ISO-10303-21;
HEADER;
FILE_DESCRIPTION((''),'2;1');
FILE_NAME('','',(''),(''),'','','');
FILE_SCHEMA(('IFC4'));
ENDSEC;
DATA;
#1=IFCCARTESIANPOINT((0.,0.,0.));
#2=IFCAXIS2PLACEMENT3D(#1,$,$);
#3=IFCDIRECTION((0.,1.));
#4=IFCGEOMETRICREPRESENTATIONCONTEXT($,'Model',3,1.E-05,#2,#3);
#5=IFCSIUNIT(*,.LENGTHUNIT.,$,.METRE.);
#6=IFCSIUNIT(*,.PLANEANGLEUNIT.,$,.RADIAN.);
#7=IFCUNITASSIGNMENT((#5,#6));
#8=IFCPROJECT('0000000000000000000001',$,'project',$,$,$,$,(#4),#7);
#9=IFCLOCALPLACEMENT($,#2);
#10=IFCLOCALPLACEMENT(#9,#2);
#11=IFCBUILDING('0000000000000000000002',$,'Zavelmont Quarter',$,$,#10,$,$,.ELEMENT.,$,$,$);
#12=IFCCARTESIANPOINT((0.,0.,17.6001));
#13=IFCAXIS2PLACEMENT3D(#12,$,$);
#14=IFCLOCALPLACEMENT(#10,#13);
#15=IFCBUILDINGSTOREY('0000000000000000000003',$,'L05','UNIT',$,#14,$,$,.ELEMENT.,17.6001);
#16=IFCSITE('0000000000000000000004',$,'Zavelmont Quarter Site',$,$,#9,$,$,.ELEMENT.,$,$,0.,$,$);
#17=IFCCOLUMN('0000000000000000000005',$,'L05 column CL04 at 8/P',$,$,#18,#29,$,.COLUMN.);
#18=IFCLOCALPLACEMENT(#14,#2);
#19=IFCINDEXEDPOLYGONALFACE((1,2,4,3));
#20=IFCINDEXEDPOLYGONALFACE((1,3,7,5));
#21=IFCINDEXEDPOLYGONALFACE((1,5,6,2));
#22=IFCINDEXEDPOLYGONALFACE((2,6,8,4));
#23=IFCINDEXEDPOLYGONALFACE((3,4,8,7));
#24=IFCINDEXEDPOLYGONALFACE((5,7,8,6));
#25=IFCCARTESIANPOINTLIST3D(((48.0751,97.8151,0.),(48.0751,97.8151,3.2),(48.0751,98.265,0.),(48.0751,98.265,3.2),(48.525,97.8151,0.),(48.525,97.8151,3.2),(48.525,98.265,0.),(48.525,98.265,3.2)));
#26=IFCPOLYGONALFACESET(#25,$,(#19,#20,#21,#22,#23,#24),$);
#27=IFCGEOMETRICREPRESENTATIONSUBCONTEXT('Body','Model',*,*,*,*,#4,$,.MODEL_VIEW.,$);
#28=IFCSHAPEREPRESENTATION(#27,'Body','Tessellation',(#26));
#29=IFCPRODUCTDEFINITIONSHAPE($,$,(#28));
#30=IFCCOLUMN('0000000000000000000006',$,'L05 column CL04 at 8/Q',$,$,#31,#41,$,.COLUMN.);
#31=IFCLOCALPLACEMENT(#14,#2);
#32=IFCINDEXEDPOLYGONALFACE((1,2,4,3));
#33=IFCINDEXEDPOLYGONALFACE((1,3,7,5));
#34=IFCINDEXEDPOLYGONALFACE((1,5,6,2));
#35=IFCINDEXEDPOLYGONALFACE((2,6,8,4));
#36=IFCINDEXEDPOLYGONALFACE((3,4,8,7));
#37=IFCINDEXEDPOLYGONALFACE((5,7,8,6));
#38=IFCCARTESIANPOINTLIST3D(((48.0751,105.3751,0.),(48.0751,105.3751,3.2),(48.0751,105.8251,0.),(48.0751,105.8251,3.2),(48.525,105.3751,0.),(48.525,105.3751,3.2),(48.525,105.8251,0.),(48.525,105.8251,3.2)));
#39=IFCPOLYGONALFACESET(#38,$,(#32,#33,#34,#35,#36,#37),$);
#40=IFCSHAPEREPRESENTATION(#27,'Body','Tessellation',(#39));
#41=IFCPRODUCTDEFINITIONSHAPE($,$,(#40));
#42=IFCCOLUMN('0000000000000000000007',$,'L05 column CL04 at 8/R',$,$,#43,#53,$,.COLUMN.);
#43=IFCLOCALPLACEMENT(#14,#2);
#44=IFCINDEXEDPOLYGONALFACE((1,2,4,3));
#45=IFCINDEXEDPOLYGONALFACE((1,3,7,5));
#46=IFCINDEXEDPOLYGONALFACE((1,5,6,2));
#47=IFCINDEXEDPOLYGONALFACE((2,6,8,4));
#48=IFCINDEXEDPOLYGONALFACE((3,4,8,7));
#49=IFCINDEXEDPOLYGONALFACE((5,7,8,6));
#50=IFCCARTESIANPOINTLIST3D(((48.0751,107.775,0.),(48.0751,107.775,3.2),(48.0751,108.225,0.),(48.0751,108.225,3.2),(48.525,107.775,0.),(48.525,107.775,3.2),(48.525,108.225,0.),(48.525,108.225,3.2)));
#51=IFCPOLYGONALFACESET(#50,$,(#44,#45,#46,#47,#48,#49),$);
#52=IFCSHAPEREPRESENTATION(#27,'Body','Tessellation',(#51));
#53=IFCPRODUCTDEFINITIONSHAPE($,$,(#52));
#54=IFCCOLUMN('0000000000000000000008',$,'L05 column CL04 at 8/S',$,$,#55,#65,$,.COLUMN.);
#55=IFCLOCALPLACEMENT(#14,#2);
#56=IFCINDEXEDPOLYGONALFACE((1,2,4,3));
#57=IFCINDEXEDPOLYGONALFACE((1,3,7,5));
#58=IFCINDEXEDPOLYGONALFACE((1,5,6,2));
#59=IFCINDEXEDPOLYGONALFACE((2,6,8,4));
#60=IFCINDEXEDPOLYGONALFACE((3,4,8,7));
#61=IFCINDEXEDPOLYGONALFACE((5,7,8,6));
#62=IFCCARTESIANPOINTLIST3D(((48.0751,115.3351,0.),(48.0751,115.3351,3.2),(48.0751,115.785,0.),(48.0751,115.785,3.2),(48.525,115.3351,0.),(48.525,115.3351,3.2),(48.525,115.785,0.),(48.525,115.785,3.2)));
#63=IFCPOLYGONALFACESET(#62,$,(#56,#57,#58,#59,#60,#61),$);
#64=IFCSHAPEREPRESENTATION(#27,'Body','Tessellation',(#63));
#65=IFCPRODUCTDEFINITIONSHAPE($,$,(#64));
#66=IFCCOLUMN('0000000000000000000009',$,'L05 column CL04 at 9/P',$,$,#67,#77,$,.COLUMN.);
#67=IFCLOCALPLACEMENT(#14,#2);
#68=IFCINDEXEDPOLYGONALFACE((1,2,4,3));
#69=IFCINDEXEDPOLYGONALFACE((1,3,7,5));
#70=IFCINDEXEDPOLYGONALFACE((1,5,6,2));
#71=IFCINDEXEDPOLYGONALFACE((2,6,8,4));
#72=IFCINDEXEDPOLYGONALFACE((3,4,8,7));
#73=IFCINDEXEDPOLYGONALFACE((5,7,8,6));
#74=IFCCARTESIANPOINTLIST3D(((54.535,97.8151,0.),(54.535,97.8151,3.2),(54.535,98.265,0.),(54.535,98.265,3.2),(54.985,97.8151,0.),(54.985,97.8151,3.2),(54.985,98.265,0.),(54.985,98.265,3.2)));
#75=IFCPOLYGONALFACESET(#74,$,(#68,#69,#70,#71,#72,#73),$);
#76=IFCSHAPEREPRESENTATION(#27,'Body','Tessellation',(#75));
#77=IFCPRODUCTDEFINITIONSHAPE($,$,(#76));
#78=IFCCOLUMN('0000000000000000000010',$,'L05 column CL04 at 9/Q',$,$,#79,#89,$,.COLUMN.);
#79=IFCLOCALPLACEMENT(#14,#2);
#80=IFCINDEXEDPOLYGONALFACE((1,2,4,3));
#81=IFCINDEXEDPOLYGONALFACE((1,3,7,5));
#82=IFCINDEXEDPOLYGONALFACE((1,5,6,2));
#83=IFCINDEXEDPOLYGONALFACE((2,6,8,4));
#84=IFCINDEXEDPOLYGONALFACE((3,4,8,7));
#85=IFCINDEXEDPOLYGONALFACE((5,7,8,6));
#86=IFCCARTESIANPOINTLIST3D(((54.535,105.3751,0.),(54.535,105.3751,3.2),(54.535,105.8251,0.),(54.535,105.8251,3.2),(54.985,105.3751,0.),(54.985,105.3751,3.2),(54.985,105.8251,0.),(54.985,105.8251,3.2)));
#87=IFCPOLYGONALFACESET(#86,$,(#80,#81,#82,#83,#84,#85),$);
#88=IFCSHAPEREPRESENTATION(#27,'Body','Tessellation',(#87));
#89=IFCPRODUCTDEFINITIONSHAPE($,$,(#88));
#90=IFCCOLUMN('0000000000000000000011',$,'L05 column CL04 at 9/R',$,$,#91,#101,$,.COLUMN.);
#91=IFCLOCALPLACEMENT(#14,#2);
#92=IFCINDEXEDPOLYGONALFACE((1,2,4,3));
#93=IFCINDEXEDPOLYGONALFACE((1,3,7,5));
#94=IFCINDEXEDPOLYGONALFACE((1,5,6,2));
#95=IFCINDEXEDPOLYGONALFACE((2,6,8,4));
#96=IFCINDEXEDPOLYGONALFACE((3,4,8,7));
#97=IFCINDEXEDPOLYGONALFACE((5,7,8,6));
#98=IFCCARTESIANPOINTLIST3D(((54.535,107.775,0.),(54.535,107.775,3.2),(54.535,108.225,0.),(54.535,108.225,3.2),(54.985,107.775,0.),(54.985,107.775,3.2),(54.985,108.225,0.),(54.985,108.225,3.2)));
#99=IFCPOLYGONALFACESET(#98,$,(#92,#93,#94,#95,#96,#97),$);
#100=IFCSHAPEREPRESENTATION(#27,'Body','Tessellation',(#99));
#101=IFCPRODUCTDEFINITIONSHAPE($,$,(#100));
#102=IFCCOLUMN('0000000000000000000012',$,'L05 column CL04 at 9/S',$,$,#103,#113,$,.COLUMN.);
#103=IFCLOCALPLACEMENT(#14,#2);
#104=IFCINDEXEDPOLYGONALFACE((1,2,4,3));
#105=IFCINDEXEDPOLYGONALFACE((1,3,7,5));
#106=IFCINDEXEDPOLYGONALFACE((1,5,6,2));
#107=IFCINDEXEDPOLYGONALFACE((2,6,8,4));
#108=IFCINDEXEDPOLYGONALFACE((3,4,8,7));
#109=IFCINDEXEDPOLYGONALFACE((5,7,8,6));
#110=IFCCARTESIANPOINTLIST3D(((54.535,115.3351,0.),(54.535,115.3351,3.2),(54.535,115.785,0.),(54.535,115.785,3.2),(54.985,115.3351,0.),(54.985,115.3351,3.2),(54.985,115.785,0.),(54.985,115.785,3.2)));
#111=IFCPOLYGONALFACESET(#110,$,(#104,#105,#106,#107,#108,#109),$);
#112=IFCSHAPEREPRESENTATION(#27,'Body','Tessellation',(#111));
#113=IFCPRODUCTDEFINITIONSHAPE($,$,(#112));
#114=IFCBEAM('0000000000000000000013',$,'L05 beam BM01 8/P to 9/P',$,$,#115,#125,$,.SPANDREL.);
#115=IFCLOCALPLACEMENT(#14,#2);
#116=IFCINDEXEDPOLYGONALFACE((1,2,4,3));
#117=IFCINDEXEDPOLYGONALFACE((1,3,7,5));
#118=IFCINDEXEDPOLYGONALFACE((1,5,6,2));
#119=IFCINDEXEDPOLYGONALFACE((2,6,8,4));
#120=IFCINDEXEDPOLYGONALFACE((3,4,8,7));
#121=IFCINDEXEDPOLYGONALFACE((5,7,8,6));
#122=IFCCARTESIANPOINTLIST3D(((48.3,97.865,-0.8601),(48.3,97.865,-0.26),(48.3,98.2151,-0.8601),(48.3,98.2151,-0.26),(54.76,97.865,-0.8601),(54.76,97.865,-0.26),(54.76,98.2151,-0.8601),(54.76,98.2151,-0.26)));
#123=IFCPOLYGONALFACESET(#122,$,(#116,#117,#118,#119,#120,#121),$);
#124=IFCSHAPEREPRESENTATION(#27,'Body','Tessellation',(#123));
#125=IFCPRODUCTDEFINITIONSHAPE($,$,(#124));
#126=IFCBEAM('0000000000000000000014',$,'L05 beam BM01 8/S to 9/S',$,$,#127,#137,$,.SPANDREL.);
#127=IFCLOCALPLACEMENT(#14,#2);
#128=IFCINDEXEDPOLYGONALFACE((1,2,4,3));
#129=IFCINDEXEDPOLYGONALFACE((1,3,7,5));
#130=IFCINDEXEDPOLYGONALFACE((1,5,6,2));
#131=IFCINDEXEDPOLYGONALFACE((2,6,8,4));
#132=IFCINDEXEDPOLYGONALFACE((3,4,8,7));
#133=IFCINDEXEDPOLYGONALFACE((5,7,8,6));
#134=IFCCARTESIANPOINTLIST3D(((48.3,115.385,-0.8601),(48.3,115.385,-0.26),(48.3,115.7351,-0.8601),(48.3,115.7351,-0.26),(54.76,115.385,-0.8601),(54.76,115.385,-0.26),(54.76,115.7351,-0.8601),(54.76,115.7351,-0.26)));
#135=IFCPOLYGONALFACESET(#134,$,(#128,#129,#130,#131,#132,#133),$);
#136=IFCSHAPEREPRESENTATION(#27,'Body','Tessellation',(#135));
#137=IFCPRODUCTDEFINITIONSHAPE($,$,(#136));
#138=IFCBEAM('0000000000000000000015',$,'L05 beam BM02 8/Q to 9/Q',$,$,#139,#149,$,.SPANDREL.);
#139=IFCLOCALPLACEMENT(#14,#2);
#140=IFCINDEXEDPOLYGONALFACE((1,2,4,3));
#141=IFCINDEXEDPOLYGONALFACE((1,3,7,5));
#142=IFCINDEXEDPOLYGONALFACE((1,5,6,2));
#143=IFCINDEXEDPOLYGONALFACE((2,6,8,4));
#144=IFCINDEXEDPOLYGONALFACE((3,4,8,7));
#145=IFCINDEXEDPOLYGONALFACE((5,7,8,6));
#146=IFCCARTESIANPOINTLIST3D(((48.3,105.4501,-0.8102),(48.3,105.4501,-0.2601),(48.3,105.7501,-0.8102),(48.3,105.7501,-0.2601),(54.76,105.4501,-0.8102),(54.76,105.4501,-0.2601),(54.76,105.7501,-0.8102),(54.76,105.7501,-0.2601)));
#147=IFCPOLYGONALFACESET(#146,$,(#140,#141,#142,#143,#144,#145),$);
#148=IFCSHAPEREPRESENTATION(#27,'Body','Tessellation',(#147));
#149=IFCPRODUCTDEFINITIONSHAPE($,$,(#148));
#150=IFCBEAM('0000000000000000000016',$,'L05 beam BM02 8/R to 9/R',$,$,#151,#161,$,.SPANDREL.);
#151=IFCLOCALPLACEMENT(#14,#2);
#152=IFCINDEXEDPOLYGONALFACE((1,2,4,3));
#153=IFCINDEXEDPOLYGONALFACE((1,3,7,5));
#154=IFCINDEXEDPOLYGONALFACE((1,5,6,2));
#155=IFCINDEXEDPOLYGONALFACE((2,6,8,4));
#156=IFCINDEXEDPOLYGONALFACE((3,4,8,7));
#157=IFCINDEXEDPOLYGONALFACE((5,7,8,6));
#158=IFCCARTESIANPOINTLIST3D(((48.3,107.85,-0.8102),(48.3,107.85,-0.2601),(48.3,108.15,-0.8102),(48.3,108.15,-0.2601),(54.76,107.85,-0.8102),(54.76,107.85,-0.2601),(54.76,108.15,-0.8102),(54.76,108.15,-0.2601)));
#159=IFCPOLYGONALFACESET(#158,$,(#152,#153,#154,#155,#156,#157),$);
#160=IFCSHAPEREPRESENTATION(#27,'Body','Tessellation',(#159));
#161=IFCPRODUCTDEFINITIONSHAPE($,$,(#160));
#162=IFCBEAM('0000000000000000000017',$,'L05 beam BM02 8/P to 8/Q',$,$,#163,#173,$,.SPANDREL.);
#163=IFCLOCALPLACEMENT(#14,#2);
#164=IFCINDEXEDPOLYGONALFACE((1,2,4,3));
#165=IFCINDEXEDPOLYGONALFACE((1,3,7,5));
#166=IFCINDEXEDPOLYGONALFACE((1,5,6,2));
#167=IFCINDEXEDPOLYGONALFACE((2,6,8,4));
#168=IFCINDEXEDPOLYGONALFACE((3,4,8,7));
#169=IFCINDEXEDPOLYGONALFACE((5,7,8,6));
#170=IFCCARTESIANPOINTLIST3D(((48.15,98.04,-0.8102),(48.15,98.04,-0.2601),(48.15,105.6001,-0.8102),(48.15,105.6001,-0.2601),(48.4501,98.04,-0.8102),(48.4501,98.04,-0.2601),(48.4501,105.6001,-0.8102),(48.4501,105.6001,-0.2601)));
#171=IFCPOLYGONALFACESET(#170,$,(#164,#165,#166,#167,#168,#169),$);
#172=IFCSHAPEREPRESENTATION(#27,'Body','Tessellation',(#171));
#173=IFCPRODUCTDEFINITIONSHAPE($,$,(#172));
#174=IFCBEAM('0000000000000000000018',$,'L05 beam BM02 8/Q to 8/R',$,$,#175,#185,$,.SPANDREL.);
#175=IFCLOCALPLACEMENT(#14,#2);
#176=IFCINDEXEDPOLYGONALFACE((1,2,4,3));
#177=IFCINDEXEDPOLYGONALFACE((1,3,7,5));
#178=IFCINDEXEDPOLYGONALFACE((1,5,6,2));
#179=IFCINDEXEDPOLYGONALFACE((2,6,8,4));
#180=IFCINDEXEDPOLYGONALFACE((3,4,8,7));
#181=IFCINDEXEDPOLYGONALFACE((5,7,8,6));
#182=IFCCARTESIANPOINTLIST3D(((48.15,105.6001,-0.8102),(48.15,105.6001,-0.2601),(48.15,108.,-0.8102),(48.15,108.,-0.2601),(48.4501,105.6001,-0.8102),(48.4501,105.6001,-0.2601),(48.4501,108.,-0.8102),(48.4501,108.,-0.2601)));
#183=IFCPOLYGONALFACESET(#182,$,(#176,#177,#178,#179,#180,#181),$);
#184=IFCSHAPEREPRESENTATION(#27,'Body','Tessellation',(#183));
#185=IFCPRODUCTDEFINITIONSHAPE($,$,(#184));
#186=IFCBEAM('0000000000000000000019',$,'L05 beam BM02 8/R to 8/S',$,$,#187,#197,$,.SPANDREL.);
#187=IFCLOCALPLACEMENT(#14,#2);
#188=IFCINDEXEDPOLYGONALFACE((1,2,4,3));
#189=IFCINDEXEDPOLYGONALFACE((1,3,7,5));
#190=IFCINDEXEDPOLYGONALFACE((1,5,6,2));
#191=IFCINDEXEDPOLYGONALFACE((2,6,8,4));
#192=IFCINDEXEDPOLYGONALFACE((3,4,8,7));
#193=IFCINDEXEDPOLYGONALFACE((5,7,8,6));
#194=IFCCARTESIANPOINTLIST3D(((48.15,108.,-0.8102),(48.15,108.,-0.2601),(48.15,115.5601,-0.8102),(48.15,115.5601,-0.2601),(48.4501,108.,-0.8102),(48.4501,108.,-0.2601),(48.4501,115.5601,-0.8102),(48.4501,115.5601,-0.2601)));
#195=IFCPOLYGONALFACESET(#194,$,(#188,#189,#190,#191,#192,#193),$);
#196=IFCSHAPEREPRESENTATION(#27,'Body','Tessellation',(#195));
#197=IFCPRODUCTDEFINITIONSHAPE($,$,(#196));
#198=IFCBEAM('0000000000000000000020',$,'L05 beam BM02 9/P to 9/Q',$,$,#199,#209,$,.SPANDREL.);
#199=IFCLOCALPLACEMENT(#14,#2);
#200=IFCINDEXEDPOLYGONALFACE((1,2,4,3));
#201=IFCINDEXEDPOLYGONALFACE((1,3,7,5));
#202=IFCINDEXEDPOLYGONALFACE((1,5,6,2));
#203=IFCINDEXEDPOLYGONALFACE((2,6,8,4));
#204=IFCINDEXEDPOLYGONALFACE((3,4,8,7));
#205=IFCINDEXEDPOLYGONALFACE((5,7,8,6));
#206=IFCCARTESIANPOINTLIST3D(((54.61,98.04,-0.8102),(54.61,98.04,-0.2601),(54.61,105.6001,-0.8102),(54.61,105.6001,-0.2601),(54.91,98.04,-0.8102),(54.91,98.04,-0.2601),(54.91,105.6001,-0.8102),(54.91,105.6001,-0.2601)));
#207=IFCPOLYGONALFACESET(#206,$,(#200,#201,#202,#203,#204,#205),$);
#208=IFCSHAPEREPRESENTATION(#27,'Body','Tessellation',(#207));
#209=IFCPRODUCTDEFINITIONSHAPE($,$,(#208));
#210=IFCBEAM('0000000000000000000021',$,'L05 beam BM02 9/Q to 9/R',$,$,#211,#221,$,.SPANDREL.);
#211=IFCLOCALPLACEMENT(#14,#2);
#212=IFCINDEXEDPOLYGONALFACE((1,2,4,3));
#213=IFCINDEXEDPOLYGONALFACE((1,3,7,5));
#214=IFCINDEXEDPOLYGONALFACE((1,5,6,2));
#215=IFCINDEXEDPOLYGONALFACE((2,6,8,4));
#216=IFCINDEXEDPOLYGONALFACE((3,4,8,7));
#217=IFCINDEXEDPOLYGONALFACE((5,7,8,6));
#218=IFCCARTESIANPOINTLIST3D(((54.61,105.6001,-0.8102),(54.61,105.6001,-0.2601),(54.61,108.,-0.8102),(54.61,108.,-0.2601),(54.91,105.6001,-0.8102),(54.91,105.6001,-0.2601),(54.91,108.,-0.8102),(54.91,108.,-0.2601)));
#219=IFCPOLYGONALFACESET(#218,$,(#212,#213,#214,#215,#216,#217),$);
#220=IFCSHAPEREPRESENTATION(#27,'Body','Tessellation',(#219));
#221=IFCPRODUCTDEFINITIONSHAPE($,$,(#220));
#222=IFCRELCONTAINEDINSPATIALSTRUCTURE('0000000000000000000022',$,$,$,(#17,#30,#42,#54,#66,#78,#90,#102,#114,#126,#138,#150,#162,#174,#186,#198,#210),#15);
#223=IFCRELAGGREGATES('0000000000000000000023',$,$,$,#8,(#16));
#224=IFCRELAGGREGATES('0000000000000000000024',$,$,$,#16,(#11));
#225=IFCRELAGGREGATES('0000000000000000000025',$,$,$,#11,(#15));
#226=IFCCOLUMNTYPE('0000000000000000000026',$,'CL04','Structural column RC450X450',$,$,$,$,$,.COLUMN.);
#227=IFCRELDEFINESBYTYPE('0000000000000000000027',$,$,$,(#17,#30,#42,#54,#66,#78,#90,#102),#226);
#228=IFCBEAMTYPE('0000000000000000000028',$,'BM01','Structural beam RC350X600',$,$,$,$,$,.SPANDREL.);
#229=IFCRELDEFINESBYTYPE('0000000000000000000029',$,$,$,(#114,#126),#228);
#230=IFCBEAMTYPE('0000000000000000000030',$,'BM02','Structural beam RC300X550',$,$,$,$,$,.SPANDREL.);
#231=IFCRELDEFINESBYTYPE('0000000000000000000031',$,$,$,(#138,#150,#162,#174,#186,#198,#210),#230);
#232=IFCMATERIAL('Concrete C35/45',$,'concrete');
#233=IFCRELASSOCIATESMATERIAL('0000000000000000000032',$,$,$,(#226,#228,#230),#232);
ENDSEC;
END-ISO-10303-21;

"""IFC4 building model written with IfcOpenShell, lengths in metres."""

from ifc_helpers import new_model, si_unit, direction, frame, origin, origin_2d, place, context, subcontext, project, spatial, rectangle, extrude, material, material_profile, profile_set, type_object, element, save


model = new_model("IFC4")

# Units and contexts
model_context = context("Model", 3, precision=1e-05, world=origin(), true_north=direction((0.0, 1.0)))
body_context = subcontext(model_context, "Body", "Model", "MODEL_VIEW")
ifc_project = project(units=[si_unit("LENGTHUNIT", "METRE"), si_unit("PLANEANGLEUNIT", "RADIAN")], contexts=[model_context])

# Site, building, storey
site_placement = place(None, origin())
site = spatial("IfcSite", under=ifc_project, at=site_placement, Name="Zavelmont Quarter Site", CompositionType="ELEMENT", RefElevation=0.0)
building_placement = place(site_placement, origin())
building = spatial("IfcBuilding", under=site, at=building_placement, Name="Zavelmont Quarter", CompositionType="ELEMENT")
storey_placement = place(building_placement, frame((0.0, 0.0, 17.6001)))
storey = spatial("IfcBuildingStorey", under=building, at=storey_placement, Name="L05", Description="UNIT", CompositionType="ELEMENT", Elevation=17.6001)

# Columns
ifc_material_1 = material(Name="Concrete C35/45", Category="concrete")
ifc_material_profile_1 = material_profile(ifc_material_1, rectangle(XDim=0.45, YDim=0.45, at=origin_2d()), Name="RC450X450")
ifc_profile_set_1 = profile_set([ifc_material_profile_1], Name="Concrete C35/45")
column_type = type_object("IfcColumnType", Name="CL04", Description="Structural column RC450X450", PredefinedType="COLUMN", material=ifc_profile_set_1)
for number, where, z_axis, x_axis, name in (
    (1, (48.3, 98.04, 0.0), (0.0, 0.0, 1.0), (1.0, 0.0, 0.0), "L05 column CL04 at 8/P"),
    (2, (48.3, 105.6001, 0.0), (0.0, 0.0, 1.0), (1.0, 0.0, 0.0), "L05 column CL04 at 8/Q"),
    (3, (48.3, 108.0, 0.0), (0.0, 0.0, 1.0), (1.0, 0.0, 0.0), "L05 column CL04 at 8/R"),
    (4, (48.3, 115.5601, 0.0), (0.0, 0.0, 1.0), (1.0, 0.0, 0.0), "L05 column CL04 at 8/S"),
    (5, (54.76, 98.04, 0.0), (0.0, 0.0, 1.0), (1.0, 0.0, 0.0), "L05 column CL04 at 9/P"),
    (6, (54.76, 105.6001, 0.0), (0.0, 0.0, 1.0), (1.0, 0.0, 0.0), "L05 column CL04 at 9/Q"),
    (7, (54.76, 108.0, 0.0), (0.0, 0.0, 1.0), (1.0, 0.0, 0.0), "L05 column CL04 at 9/R"),
    (8, (54.76, 115.5601, 0.0), (0.0, 0.0, 1.0), (1.0, 0.0, 0.0), "L05 column CL04 at 9/S"),
):
    element("IfcColumn", number, at=place(storey_placement, frame(where, z_axis=z_axis, x_axis=x_axis)), inside=storey, type_object=column_type, Name=name, PredefinedType="COLUMN", context=body_context, shape_type="SweptSolid", body=[
        extrude(rectangle(XDim=0.45, YDim=0.45, at=origin_2d()), origin(), (0.0, 0.0, 1.0), 3.2),
    ])

# Beams
ifc_material_profile_2 = material_profile(ifc_material_1, rectangle(XDim=0.3501, YDim=0.6001, at=origin_2d()), Name="RC350X600")
ifc_profile_set_2 = profile_set([ifc_material_profile_2], Name="Concrete C35/45")
beam_type_1 = type_object("IfcBeamType", Name="BM01", Description="Structural beam RC350X600", PredefinedType="SPANDREL", material=ifc_profile_set_2)
for number, where, z_axis, x_axis, name in (
    (9, (48.3, 98.04, -0.5601), (1.0, 0.0, 0.0), (0.0, 1.0, 0.0), "L05 beam BM01 8/P to 9/P"),
    (10, (48.3, 115.5601, -0.5601), (1.0, 0.0, 0.0), (0.0, 1.0, 0.0), "L05 beam BM01 8/S to 9/S"),
):
    element("IfcBeam", number, at=place(storey_placement, frame(where, z_axis=z_axis, x_axis=x_axis)), inside=storey, type_object=beam_type_1, Name=name, PredefinedType="SPANDREL", context=body_context, shape_type="SweptSolid", body=[
        extrude(rectangle(XDim=0.3501, YDim=0.6001, at=origin_2d()), origin(), (0.0, 0.0, 1.0), 6.46),
    ])
ifc_material_profile_3 = material_profile(ifc_material_1, rectangle(XDim=0.3, YDim=0.55, at=origin_2d()), Name="RC300X550")
ifc_profile_set_3 = profile_set([ifc_material_profile_3], Name="Concrete C35/45")
beam_type_2 = type_object("IfcBeamType", Name="BM02", Description="Structural beam RC300X550", PredefinedType="SPANDREL", material=ifc_profile_set_3)
for number, where, z_axis, x_axis, name in (
    (11, (48.3, 105.6001, -0.5352), (1.0, 0.0, 0.0), (0.0, 1.0, 0.0), "L05 beam BM02 8/Q to 9/Q"),
    (12, (48.3, 108.0, -0.5352), (1.0, 0.0, 0.0), (0.0, 1.0, 0.0), "L05 beam BM02 8/R to 9/R"),
):
    element("IfcBeam", number, at=place(storey_placement, frame(where, z_axis=z_axis, x_axis=x_axis)), inside=storey, type_object=beam_type_2, Name=name, PredefinedType="SPANDREL", context=body_context, shape_type="SweptSolid", body=[
        extrude(rectangle(XDim=0.3, YDim=0.55, at=origin_2d()), origin(), (0.0, 0.0, 1.0), 6.46),
    ])
beam_1_placement = place(storey_placement, frame((48.3, 98.04, -0.5352), z_axis=(0.0, 1.0, 0.0), x_axis=(-1.0, 0.0, 0.0)))
element("IfcBeam", 13, at=beam_1_placement, inside=storey, type_object=beam_type_2, Name="L05 beam BM02 8/P to 8/Q", PredefinedType="SPANDREL", context=body_context, shape_type="SweptSolid", body=[
    extrude(rectangle(XDim=0.3, YDim=0.55, at=origin_2d()), origin(), (0.0, 0.0, 1.0), 7.5601),
])
beam_2_placement = place(storey_placement, frame((48.3, 105.6001, -0.5352), z_axis=(0.0, 1.0, 0.0), x_axis=(-1.0, 0.0, 0.0)))
element("IfcBeam", 14, at=beam_2_placement, inside=storey, type_object=beam_type_2, Name="L05 beam BM02 8/Q to 8/R", PredefinedType="SPANDREL", context=body_context, shape_type="SweptSolid", body=[
    extrude(rectangle(XDim=0.3, YDim=0.55, at=origin_2d()), origin(), (0.0, 0.0, 1.0), 2.3999),
])
for number, where, z_axis, x_axis, name in (
    (15, (48.3, 108.0, -0.5352), (0.0, 1.0, 0.0), (-1.0, 0.0, 0.0), "L05 beam BM02 8/R to 8/S"),
    (16, (54.76, 98.04, -0.5352), (0.0, 1.0, 0.0), (-1.0, 0.0, 0.0), "L05 beam BM02 9/P to 9/Q"),
):
    element("IfcBeam", number, at=place(storey_placement, frame(where, z_axis=z_axis, x_axis=x_axis)), inside=storey, type_object=beam_type_2, Name=name, PredefinedType="SPANDREL", context=body_context, shape_type="SweptSolid", body=[
        extrude(rectangle(XDim=0.3, YDim=0.55, at=origin_2d()), origin(), (0.0, 0.0, 1.0), 7.5601),
    ])
beam_3_placement = place(storey_placement, frame((54.76, 105.6001, -0.5352), z_axis=(0.0, 1.0, 0.0), x_axis=(-1.0, 0.0, 0.0)))
element("IfcBeam", 17, at=beam_3_placement, inside=storey, type_object=beam_type_2, Name="L05 beam BM02 9/Q to 9/R", PredefinedType="SPANDREL", context=body_context, shape_type="SweptSolid", body=[
    extrude(rectangle(XDim=0.3, YDim=0.55, at=origin_2d()), origin(), (0.0, 0.0, 1.0), 2.3999),
])

save(model, "model.ifc")
